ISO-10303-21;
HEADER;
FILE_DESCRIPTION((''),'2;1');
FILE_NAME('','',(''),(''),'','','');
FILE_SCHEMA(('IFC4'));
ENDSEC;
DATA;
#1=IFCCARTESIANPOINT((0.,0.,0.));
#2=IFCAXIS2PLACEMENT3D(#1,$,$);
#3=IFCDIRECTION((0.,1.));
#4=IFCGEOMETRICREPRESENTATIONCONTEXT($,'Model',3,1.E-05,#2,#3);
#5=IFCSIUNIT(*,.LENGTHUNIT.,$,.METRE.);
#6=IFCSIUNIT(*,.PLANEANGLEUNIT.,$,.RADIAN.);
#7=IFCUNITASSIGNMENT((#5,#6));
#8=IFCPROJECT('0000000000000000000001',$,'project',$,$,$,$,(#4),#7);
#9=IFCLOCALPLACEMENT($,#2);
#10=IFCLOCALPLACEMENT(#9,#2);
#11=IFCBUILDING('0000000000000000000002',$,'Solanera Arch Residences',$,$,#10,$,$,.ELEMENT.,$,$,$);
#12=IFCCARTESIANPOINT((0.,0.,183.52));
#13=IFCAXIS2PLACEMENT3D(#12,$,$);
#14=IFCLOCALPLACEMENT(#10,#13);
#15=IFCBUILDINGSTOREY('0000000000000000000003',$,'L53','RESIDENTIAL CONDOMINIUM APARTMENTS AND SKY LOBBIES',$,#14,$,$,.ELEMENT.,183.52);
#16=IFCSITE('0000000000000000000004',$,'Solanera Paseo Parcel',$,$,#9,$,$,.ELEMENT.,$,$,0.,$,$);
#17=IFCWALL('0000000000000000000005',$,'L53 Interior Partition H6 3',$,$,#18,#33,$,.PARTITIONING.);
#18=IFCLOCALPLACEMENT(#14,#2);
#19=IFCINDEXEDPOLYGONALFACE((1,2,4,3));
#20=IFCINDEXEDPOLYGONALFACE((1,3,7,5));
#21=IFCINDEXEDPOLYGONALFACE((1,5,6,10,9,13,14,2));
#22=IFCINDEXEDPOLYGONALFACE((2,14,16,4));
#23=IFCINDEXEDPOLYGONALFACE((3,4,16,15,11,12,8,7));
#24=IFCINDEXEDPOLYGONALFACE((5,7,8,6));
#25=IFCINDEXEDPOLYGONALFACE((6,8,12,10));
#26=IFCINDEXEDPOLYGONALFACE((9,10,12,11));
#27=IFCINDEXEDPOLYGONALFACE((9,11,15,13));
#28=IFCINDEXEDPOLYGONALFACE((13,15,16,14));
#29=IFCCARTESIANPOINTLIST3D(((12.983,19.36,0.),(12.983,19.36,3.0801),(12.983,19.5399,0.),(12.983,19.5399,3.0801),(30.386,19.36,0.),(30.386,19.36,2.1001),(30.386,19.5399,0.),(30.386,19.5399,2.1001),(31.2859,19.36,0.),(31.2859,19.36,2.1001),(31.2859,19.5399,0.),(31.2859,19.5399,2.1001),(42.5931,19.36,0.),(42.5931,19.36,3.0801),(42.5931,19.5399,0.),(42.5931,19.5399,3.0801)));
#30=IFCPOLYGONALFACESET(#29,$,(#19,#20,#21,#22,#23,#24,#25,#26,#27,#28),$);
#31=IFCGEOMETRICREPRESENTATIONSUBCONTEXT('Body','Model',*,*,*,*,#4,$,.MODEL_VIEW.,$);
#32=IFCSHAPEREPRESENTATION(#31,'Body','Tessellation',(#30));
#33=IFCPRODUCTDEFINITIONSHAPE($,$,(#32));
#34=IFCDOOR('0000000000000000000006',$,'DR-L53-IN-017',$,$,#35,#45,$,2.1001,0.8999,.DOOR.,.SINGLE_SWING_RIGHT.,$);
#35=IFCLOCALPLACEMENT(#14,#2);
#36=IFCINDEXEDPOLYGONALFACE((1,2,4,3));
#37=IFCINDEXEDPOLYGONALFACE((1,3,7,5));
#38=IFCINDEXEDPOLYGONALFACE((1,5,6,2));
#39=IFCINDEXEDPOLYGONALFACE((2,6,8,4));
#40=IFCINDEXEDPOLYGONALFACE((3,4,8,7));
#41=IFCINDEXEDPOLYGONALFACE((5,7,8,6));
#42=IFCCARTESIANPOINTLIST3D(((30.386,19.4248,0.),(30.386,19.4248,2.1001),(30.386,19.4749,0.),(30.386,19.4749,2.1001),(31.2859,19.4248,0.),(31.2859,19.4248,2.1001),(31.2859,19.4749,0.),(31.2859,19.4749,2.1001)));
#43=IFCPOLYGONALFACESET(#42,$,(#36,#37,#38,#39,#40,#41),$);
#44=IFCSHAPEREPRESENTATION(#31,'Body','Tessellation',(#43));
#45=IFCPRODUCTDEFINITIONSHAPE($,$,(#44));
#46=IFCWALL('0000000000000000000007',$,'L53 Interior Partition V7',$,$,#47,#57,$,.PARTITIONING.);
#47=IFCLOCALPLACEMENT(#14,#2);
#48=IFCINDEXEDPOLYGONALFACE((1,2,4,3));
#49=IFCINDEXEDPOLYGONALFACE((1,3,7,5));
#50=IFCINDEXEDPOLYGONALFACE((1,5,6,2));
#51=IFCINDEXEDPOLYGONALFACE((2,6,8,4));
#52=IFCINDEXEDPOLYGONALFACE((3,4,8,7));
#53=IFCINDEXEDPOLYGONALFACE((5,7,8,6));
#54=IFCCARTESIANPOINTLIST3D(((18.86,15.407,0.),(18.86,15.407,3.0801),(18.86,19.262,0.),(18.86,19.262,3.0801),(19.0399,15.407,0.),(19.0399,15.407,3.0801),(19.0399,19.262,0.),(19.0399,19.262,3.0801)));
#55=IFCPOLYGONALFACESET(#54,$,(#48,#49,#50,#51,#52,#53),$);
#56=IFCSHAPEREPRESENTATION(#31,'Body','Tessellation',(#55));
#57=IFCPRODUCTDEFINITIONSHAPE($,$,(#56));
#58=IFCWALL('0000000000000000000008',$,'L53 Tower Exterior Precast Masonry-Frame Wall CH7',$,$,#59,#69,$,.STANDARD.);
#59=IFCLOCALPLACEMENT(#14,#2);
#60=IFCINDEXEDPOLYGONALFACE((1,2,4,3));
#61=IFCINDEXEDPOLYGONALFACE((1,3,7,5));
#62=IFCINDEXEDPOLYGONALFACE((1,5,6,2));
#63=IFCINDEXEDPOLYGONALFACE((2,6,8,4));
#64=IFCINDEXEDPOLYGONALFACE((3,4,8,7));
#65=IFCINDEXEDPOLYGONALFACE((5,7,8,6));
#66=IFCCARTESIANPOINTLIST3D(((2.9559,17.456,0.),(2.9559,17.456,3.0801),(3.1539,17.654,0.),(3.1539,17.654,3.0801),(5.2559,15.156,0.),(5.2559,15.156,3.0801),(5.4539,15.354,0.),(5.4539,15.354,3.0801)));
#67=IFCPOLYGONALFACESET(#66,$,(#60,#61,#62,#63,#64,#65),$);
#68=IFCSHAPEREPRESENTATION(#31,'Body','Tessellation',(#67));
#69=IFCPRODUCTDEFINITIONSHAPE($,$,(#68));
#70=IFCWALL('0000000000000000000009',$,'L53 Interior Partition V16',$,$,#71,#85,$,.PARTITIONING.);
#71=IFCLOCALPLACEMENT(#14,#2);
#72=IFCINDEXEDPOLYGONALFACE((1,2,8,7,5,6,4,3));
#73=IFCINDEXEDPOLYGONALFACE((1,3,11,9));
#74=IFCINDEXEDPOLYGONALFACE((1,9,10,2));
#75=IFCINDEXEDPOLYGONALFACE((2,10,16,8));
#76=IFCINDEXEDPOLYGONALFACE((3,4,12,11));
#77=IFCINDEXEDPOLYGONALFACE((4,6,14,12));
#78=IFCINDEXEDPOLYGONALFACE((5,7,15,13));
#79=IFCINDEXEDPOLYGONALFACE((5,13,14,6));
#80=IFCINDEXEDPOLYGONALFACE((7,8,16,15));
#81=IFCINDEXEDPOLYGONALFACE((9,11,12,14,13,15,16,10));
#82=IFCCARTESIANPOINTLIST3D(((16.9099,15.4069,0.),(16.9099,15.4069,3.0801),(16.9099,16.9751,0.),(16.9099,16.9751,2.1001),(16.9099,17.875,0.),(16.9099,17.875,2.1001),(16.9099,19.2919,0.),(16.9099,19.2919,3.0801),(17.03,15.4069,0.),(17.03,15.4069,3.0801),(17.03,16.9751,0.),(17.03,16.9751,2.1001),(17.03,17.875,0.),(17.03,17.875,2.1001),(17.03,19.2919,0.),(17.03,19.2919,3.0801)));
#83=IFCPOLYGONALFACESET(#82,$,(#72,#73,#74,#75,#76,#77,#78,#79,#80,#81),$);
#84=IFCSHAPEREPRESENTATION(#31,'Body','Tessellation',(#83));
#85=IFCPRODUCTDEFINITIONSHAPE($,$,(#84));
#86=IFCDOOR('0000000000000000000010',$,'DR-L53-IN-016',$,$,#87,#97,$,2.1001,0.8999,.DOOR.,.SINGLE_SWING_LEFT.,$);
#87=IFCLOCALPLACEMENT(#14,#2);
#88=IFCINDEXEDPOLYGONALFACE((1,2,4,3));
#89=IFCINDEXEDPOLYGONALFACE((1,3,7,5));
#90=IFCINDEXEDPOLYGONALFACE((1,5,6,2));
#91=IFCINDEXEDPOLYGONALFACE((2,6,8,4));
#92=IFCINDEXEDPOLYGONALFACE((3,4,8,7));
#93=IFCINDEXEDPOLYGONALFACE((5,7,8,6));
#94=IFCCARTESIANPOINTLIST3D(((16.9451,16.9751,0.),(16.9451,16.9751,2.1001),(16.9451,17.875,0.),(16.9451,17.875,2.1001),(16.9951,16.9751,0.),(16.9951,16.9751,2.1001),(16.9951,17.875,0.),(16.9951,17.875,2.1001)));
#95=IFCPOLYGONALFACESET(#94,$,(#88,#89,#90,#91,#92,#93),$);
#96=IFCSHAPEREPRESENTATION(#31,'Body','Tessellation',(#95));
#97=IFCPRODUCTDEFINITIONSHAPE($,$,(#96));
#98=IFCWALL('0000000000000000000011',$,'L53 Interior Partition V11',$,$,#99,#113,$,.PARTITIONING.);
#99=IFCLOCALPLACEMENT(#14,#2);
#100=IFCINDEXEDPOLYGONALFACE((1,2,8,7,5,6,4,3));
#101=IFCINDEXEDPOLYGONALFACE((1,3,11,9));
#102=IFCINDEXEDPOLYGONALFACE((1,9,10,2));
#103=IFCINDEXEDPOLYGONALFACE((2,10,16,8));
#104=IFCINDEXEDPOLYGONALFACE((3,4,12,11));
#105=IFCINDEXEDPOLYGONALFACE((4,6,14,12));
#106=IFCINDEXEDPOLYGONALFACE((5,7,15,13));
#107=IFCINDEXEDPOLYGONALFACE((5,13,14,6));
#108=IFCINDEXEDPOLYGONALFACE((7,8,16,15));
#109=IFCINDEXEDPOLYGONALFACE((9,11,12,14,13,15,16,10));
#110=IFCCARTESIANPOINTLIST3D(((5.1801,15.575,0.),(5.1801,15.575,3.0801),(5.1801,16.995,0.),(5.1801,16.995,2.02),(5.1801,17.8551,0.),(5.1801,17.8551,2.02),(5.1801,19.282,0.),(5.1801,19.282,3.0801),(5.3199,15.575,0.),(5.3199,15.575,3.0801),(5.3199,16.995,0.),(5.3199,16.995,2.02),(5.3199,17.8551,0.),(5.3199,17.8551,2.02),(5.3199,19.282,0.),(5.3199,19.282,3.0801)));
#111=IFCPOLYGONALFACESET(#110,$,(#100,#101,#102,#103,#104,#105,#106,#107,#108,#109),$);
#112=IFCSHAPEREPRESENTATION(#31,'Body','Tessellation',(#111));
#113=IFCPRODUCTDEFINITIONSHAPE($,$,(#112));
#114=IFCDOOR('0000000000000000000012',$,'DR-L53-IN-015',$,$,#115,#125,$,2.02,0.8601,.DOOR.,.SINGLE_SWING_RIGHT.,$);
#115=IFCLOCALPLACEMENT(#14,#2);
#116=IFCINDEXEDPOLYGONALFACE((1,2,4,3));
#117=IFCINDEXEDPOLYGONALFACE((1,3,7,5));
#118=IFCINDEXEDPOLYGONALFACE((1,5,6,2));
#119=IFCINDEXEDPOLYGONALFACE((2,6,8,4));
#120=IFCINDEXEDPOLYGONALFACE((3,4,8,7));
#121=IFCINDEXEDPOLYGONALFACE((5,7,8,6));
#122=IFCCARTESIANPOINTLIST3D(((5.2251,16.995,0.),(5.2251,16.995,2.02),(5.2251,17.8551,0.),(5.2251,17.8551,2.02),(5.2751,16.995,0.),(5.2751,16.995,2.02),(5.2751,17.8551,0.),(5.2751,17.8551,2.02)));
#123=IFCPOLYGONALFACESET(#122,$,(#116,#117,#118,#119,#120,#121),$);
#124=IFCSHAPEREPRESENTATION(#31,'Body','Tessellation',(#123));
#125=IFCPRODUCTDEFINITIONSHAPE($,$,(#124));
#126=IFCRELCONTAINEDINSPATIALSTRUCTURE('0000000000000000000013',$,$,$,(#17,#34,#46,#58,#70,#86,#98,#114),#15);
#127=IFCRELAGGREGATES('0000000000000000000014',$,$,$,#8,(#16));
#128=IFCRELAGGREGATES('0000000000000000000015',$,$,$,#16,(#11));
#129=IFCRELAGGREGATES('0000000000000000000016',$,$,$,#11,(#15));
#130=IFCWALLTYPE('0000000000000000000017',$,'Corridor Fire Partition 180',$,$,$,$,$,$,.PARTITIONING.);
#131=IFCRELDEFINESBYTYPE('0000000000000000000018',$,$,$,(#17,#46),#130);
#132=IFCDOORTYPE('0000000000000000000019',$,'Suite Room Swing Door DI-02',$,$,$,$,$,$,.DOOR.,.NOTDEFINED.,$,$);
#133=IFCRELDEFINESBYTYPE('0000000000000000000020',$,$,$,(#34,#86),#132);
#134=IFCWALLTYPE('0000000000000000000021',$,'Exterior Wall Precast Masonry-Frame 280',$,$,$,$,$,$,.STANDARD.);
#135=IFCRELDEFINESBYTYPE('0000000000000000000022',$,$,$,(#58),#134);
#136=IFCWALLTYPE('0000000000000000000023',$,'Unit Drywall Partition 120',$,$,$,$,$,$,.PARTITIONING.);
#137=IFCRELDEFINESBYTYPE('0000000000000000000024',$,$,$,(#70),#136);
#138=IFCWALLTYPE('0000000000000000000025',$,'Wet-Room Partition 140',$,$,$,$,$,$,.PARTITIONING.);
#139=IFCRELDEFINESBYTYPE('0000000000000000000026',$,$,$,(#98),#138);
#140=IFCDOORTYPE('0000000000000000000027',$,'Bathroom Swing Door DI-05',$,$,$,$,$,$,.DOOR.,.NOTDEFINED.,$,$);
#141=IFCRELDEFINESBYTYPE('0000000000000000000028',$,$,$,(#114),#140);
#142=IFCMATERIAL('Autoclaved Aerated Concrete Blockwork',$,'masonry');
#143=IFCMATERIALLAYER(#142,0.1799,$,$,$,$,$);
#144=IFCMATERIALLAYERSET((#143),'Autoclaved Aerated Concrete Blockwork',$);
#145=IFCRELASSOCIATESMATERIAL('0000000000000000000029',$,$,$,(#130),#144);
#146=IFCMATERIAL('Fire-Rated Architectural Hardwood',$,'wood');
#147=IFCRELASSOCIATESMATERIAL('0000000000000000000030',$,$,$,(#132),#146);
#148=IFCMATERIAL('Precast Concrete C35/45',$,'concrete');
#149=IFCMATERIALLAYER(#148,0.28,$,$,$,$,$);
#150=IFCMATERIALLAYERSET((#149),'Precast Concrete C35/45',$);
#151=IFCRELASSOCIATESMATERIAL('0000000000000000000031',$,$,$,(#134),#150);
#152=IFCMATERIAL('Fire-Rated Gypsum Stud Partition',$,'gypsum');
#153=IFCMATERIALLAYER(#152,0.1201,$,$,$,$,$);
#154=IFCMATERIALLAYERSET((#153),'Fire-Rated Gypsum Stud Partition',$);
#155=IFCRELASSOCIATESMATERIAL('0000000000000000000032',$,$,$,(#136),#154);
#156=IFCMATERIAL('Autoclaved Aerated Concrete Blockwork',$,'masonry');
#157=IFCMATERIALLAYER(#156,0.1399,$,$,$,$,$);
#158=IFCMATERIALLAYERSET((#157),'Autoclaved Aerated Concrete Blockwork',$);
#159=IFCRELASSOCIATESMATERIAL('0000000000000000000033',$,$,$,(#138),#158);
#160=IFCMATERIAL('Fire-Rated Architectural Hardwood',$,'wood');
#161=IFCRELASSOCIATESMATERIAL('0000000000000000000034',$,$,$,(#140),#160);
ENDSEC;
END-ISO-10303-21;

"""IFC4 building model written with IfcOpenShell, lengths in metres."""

from ifc_helpers import new_model, si_unit, direction, frame, frame_2d, origin, place, context, subcontext, project, spatial, rectangle, extrude, material, layer, layer_set, type_object, element, fill, save


model = new_model("IFC4")

# Units and contexts
model_context = context("Model", 3, precision=1e-05, world=origin(), true_north=direction((0.0, 1.0)))
body_context = subcontext(model_context, "Body", "Model", "MODEL_VIEW")
ifc_project = project(units=[si_unit("LENGTHUNIT", "METRE"), si_unit("PLANEANGLEUNIT", "RADIAN")], contexts=[model_context])

# Site, building, storey
site_placement = place(None, origin())
site = spatial("IfcSite", under=ifc_project, at=site_placement, Name="Solanera Paseo Parcel", CompositionType="ELEMENT", RefElevation=0.0)
building_placement = place(site_placement, origin())
building = spatial("IfcBuilding", under=site, at=building_placement, Name="Solanera Arch Residences", CompositionType="ELEMENT")
storey_placement = place(building_placement, frame((0.0, 0.0, 183.52)))
storey = spatial("IfcBuildingStorey", under=building, at=storey_placement, Name="L53", Description="RESIDENTIAL CONDOMINIUM APARTMENTS AND SKY LOBBIES", CompositionType="ELEMENT", Elevation=183.52)

# Wall, opening, door
ifc_material_1 = material(Name="Autoclaved Aerated Concrete Blockwork", Category="masonry")
ifc_layer_1 = layer(ifc_material_1, 0.1799)
ifc_layer_set_1 = layer_set([ifc_layer_1], Name="Autoclaved Aerated Concrete Blockwork")
wall_type_1 = type_object("IfcWallType", Name="Corridor Fire Partition 180", PredefinedType="PARTITIONING", material=ifc_layer_set_1)
wall_1_placement = place(storey_placement, frame((12.9829, 19.45, 0.0), z_axis=(0.0, 0.0, 1.0), x_axis=(1.0, 0.0, 0.0)))
wall_1 = element("IfcWall", 1, at=wall_1_placement, inside=storey, type_object=wall_type_1, Name="L53 Interior Partition H6 3", PredefinedType="PARTITIONING", context=body_context, shape_type="SweptSolid", body=[
    extrude(rectangle(XDim=29.6101, YDim=0.1799, at=frame_2d((14.8052, 0.0))), origin(), (0.0, 0.0, 1.0), 3.0801),
])
opening_1_placement = place(wall_1_placement, frame((17.4031, 0.0, 0.0)))
opening_1 = element("IfcOpeningElement", 2, at=opening_1_placement, cuts=wall_1, PredefinedType="OPENING", context=body_context, shape_type="SweptSolid", body=[
    extrude(rectangle(XDim=0.8999, YDim=2.1001, at=frame_2d((0.45, 1.05))), frame((0.0, 0.1001, 0.0), z_axis=(0.0, -1.0, 0.0), x_axis=(1.0, 0.0, 0.0)), (0.0, 0.0, 1.0), 0.1999),
])
ifc_material_2 = material(Name="Fire-Rated Architectural Hardwood", Category="wood")
door_type_1 = type_object("IfcDoorType", Name="Suite Room Swing Door DI-02", OperationType="NOTDEFINED", PredefinedType="DOOR", material=ifc_material_2)
door_1_placement = place(opening_1_placement, origin())
door_1 = element("IfcDoor", 3, at=door_1_placement, inside=storey, type_object=door_type_1, Name="DR-L53-IN-017", OperationType="SINGLE_SWING_RIGHT", OverallHeight=2.1001, OverallWidth=0.8999, PredefinedType="DOOR", context=body_context, shape_type="SweptSolid", body=[
    extrude(rectangle(XDim=0.8999, YDim=2.1001, at=frame_2d((0.45, 1.05))), frame((0.0, 0.0249, 0.0), z_axis=(0.0, -1.0, 0.0), x_axis=(1.0, 0.0, 0.0)), (0.0, 0.0, 1.0), 0.05),
])
fill(opening_1, door_1)

# Walls
wall_2_placement = place(storey_placement, frame((18.95, 15.407, 0.0), z_axis=(0.0, 0.0, 1.0), x_axis=(0.0, 1.0, 0.0)))
element("IfcWall", 4, at=wall_2_placement, inside=storey, type_object=wall_type_1, Name="L53 Interior Partition V7", PredefinedType="PARTITIONING", context=body_context, shape_type="SweptSolid", body=[
    extrude(rectangle(XDim=3.855, YDim=0.1799, at=frame_2d((1.9275, 0.0))), origin(), (0.0, 0.0, 1.0), 3.0801),
])
ifc_material_3 = material(Name="Precast Concrete C35/45", Category="concrete")
ifc_layer_2 = layer(ifc_material_3, 0.28)
ifc_layer_set_2 = layer_set([ifc_layer_2], Name="Precast Concrete C35/45")
wall_type_2 = type_object("IfcWallType", Name="Exterior Wall Precast Masonry-Frame 280", PredefinedType="STANDARD", material=ifc_layer_set_2)
wall_3_placement = place(storey_placement, frame((5.355, 15.2549, 0.0), z_axis=(0.0, 0.0, 1.0), x_axis=(-0.707107, 0.707107, 0.0)))
element("IfcWall", 5, at=wall_3_placement, inside=storey, type_object=wall_type_2, Name="L53 Tower Exterior Precast Masonry-Frame Wall CH7", PredefinedType="STANDARD", context=body_context, shape_type="SweptSolid", body=[
    extrude(rectangle(XDim=3.2527, YDim=0.28, at=frame_2d((1.6265, 0.0))), origin(), (0.0, 0.0, 1.0), 3.0801),
])

# Walls, openings, doors
ifc_material_4 = material(Name="Fire-Rated Gypsum Stud Partition", Category="gypsum")
ifc_layer_3 = layer(ifc_material_4, 0.1201)
ifc_layer_set_3 = layer_set([ifc_layer_3], Name="Fire-Rated Gypsum Stud Partition")
wall_type_3 = type_object("IfcWallType", Name="Unit Drywall Partition 120", PredefinedType="PARTITIONING", material=ifc_layer_set_3)
wall_4_placement = place(storey_placement, frame((16.97, 15.407, 0.0), z_axis=(0.0, 0.0, 1.0), x_axis=(0.0, 1.0, 0.0)))
wall_4 = element("IfcWall", 6, at=wall_4_placement, inside=storey, type_object=wall_type_3, Name="L53 Interior Partition V16", PredefinedType="PARTITIONING", context=body_context, shape_type="SweptSolid", body=[
    extrude(rectangle(XDim=3.885, YDim=0.1201, at=frame_2d((1.9424, 0.0))), origin(), (0.0, 0.0, 1.0), 3.0801),
])
opening_2_placement = place(wall_4_placement, frame((1.5681, 0.0, 0.0)))
opening_2 = element("IfcOpeningElement", 7, at=opening_2_placement, cuts=wall_4, PredefinedType="OPENING", context=body_context, shape_type="SweptSolid", body=[
    extrude(rectangle(XDim=0.8999, YDim=2.1001, at=frame_2d((0.45, 1.05))), frame((0.0, 0.0701, 0.0), z_axis=(0.0, -1.0, 0.0), x_axis=(1.0, 0.0, 0.0)), (0.0, 0.0, 1.0), 0.1401),
])
door_2_placement = place(opening_2_placement, origin())
door_2 = element("IfcDoor", 8, at=door_2_placement, inside=storey, type_object=door_type_1, Name="DR-L53-IN-016", OperationType="SINGLE_SWING_LEFT", OverallHeight=2.1001, OverallWidth=0.8999, PredefinedType="DOOR", context=body_context, shape_type="SweptSolid", body=[
    extrude(rectangle(XDim=0.8999, YDim=2.1001, at=frame_2d((0.45, 1.05))), frame((0.0, 0.0249, 0.0), z_axis=(0.0, -1.0, 0.0), x_axis=(1.0, 0.0, 0.0)), (0.0, 0.0, 1.0), 0.05),
])
fill(opening_2, door_2)
ifc_material_5 = material(Name="Autoclaved Aerated Concrete Blockwork", Category="masonry")
ifc_layer_4 = layer(ifc_material_5, 0.1399)
ifc_layer_set_4 = layer_set([ifc_layer_4], Name="Autoclaved Aerated Concrete Blockwork")
wall_type_4 = type_object("IfcWallType", Name="Wet-Room Partition 140", PredefinedType="PARTITIONING", material=ifc_layer_set_4)
wall_5_placement = place(storey_placement, frame((5.25, 15.575, 0.0), z_axis=(0.0, 0.0, 1.0), x_axis=(0.0, 1.0, 0.0)))
wall_5 = element("IfcWall", 9, at=wall_5_placement, inside=storey, type_object=wall_type_4, Name="L53 Interior Partition V11", PredefinedType="PARTITIONING", context=body_context, shape_type="SweptSolid", body=[
    extrude(rectangle(XDim=3.707, YDim=0.1399, at=frame_2d((1.8535, 0.0))), origin(), (0.0, 0.0, 1.0), 3.0801),
])
opening_3_placement = place(wall_5_placement, frame((1.4199, 0.0, 0.0)))
opening_3 = element("IfcOpeningElement", 10, at=opening_3_placement, cuts=wall_5, PredefinedType="OPENING", context=body_context, shape_type="SweptSolid", body=[
    extrude(rectangle(XDim=0.8601, YDim=2.02, at=frame_2d((0.4302, 1.01))), frame((0.0, 0.0798, 0.0), z_axis=(0.0, -1.0, 0.0), x_axis=(1.0, 0.0, 0.0)), (0.0, 0.0, 1.0), 0.1599),
])
ifc_material_6 = material(Name="Fire-Rated Architectural Hardwood", Category="wood")
door_type_2 = type_object("IfcDoorType", Name="Bathroom Swing Door DI-05", OperationType="NOTDEFINED", PredefinedType="DOOR", material=ifc_material_6)
door_3_placement = place(opening_3_placement, origin())
door_3 = element("IfcDoor", 11, at=door_3_placement, inside=storey, type_object=door_type_2, Name="DR-L53-IN-015", OperationType="SINGLE_SWING_RIGHT", OverallHeight=2.02, OverallWidth=0.8601, PredefinedType="DOOR", context=body_context, shape_type="SweptSolid", body=[
    extrude(rectangle(XDim=0.8601, YDim=2.02, at=frame_2d((0.4302, 1.01))), frame((0.0, 0.0249, 0.0), z_axis=(0.0, -1.0, 0.0), x_axis=(1.0, 0.0, 0.0)), (0.0, 0.0, 1.0), 0.05),
])
fill(opening_3, door_3)

save(model, "model.ifc")
